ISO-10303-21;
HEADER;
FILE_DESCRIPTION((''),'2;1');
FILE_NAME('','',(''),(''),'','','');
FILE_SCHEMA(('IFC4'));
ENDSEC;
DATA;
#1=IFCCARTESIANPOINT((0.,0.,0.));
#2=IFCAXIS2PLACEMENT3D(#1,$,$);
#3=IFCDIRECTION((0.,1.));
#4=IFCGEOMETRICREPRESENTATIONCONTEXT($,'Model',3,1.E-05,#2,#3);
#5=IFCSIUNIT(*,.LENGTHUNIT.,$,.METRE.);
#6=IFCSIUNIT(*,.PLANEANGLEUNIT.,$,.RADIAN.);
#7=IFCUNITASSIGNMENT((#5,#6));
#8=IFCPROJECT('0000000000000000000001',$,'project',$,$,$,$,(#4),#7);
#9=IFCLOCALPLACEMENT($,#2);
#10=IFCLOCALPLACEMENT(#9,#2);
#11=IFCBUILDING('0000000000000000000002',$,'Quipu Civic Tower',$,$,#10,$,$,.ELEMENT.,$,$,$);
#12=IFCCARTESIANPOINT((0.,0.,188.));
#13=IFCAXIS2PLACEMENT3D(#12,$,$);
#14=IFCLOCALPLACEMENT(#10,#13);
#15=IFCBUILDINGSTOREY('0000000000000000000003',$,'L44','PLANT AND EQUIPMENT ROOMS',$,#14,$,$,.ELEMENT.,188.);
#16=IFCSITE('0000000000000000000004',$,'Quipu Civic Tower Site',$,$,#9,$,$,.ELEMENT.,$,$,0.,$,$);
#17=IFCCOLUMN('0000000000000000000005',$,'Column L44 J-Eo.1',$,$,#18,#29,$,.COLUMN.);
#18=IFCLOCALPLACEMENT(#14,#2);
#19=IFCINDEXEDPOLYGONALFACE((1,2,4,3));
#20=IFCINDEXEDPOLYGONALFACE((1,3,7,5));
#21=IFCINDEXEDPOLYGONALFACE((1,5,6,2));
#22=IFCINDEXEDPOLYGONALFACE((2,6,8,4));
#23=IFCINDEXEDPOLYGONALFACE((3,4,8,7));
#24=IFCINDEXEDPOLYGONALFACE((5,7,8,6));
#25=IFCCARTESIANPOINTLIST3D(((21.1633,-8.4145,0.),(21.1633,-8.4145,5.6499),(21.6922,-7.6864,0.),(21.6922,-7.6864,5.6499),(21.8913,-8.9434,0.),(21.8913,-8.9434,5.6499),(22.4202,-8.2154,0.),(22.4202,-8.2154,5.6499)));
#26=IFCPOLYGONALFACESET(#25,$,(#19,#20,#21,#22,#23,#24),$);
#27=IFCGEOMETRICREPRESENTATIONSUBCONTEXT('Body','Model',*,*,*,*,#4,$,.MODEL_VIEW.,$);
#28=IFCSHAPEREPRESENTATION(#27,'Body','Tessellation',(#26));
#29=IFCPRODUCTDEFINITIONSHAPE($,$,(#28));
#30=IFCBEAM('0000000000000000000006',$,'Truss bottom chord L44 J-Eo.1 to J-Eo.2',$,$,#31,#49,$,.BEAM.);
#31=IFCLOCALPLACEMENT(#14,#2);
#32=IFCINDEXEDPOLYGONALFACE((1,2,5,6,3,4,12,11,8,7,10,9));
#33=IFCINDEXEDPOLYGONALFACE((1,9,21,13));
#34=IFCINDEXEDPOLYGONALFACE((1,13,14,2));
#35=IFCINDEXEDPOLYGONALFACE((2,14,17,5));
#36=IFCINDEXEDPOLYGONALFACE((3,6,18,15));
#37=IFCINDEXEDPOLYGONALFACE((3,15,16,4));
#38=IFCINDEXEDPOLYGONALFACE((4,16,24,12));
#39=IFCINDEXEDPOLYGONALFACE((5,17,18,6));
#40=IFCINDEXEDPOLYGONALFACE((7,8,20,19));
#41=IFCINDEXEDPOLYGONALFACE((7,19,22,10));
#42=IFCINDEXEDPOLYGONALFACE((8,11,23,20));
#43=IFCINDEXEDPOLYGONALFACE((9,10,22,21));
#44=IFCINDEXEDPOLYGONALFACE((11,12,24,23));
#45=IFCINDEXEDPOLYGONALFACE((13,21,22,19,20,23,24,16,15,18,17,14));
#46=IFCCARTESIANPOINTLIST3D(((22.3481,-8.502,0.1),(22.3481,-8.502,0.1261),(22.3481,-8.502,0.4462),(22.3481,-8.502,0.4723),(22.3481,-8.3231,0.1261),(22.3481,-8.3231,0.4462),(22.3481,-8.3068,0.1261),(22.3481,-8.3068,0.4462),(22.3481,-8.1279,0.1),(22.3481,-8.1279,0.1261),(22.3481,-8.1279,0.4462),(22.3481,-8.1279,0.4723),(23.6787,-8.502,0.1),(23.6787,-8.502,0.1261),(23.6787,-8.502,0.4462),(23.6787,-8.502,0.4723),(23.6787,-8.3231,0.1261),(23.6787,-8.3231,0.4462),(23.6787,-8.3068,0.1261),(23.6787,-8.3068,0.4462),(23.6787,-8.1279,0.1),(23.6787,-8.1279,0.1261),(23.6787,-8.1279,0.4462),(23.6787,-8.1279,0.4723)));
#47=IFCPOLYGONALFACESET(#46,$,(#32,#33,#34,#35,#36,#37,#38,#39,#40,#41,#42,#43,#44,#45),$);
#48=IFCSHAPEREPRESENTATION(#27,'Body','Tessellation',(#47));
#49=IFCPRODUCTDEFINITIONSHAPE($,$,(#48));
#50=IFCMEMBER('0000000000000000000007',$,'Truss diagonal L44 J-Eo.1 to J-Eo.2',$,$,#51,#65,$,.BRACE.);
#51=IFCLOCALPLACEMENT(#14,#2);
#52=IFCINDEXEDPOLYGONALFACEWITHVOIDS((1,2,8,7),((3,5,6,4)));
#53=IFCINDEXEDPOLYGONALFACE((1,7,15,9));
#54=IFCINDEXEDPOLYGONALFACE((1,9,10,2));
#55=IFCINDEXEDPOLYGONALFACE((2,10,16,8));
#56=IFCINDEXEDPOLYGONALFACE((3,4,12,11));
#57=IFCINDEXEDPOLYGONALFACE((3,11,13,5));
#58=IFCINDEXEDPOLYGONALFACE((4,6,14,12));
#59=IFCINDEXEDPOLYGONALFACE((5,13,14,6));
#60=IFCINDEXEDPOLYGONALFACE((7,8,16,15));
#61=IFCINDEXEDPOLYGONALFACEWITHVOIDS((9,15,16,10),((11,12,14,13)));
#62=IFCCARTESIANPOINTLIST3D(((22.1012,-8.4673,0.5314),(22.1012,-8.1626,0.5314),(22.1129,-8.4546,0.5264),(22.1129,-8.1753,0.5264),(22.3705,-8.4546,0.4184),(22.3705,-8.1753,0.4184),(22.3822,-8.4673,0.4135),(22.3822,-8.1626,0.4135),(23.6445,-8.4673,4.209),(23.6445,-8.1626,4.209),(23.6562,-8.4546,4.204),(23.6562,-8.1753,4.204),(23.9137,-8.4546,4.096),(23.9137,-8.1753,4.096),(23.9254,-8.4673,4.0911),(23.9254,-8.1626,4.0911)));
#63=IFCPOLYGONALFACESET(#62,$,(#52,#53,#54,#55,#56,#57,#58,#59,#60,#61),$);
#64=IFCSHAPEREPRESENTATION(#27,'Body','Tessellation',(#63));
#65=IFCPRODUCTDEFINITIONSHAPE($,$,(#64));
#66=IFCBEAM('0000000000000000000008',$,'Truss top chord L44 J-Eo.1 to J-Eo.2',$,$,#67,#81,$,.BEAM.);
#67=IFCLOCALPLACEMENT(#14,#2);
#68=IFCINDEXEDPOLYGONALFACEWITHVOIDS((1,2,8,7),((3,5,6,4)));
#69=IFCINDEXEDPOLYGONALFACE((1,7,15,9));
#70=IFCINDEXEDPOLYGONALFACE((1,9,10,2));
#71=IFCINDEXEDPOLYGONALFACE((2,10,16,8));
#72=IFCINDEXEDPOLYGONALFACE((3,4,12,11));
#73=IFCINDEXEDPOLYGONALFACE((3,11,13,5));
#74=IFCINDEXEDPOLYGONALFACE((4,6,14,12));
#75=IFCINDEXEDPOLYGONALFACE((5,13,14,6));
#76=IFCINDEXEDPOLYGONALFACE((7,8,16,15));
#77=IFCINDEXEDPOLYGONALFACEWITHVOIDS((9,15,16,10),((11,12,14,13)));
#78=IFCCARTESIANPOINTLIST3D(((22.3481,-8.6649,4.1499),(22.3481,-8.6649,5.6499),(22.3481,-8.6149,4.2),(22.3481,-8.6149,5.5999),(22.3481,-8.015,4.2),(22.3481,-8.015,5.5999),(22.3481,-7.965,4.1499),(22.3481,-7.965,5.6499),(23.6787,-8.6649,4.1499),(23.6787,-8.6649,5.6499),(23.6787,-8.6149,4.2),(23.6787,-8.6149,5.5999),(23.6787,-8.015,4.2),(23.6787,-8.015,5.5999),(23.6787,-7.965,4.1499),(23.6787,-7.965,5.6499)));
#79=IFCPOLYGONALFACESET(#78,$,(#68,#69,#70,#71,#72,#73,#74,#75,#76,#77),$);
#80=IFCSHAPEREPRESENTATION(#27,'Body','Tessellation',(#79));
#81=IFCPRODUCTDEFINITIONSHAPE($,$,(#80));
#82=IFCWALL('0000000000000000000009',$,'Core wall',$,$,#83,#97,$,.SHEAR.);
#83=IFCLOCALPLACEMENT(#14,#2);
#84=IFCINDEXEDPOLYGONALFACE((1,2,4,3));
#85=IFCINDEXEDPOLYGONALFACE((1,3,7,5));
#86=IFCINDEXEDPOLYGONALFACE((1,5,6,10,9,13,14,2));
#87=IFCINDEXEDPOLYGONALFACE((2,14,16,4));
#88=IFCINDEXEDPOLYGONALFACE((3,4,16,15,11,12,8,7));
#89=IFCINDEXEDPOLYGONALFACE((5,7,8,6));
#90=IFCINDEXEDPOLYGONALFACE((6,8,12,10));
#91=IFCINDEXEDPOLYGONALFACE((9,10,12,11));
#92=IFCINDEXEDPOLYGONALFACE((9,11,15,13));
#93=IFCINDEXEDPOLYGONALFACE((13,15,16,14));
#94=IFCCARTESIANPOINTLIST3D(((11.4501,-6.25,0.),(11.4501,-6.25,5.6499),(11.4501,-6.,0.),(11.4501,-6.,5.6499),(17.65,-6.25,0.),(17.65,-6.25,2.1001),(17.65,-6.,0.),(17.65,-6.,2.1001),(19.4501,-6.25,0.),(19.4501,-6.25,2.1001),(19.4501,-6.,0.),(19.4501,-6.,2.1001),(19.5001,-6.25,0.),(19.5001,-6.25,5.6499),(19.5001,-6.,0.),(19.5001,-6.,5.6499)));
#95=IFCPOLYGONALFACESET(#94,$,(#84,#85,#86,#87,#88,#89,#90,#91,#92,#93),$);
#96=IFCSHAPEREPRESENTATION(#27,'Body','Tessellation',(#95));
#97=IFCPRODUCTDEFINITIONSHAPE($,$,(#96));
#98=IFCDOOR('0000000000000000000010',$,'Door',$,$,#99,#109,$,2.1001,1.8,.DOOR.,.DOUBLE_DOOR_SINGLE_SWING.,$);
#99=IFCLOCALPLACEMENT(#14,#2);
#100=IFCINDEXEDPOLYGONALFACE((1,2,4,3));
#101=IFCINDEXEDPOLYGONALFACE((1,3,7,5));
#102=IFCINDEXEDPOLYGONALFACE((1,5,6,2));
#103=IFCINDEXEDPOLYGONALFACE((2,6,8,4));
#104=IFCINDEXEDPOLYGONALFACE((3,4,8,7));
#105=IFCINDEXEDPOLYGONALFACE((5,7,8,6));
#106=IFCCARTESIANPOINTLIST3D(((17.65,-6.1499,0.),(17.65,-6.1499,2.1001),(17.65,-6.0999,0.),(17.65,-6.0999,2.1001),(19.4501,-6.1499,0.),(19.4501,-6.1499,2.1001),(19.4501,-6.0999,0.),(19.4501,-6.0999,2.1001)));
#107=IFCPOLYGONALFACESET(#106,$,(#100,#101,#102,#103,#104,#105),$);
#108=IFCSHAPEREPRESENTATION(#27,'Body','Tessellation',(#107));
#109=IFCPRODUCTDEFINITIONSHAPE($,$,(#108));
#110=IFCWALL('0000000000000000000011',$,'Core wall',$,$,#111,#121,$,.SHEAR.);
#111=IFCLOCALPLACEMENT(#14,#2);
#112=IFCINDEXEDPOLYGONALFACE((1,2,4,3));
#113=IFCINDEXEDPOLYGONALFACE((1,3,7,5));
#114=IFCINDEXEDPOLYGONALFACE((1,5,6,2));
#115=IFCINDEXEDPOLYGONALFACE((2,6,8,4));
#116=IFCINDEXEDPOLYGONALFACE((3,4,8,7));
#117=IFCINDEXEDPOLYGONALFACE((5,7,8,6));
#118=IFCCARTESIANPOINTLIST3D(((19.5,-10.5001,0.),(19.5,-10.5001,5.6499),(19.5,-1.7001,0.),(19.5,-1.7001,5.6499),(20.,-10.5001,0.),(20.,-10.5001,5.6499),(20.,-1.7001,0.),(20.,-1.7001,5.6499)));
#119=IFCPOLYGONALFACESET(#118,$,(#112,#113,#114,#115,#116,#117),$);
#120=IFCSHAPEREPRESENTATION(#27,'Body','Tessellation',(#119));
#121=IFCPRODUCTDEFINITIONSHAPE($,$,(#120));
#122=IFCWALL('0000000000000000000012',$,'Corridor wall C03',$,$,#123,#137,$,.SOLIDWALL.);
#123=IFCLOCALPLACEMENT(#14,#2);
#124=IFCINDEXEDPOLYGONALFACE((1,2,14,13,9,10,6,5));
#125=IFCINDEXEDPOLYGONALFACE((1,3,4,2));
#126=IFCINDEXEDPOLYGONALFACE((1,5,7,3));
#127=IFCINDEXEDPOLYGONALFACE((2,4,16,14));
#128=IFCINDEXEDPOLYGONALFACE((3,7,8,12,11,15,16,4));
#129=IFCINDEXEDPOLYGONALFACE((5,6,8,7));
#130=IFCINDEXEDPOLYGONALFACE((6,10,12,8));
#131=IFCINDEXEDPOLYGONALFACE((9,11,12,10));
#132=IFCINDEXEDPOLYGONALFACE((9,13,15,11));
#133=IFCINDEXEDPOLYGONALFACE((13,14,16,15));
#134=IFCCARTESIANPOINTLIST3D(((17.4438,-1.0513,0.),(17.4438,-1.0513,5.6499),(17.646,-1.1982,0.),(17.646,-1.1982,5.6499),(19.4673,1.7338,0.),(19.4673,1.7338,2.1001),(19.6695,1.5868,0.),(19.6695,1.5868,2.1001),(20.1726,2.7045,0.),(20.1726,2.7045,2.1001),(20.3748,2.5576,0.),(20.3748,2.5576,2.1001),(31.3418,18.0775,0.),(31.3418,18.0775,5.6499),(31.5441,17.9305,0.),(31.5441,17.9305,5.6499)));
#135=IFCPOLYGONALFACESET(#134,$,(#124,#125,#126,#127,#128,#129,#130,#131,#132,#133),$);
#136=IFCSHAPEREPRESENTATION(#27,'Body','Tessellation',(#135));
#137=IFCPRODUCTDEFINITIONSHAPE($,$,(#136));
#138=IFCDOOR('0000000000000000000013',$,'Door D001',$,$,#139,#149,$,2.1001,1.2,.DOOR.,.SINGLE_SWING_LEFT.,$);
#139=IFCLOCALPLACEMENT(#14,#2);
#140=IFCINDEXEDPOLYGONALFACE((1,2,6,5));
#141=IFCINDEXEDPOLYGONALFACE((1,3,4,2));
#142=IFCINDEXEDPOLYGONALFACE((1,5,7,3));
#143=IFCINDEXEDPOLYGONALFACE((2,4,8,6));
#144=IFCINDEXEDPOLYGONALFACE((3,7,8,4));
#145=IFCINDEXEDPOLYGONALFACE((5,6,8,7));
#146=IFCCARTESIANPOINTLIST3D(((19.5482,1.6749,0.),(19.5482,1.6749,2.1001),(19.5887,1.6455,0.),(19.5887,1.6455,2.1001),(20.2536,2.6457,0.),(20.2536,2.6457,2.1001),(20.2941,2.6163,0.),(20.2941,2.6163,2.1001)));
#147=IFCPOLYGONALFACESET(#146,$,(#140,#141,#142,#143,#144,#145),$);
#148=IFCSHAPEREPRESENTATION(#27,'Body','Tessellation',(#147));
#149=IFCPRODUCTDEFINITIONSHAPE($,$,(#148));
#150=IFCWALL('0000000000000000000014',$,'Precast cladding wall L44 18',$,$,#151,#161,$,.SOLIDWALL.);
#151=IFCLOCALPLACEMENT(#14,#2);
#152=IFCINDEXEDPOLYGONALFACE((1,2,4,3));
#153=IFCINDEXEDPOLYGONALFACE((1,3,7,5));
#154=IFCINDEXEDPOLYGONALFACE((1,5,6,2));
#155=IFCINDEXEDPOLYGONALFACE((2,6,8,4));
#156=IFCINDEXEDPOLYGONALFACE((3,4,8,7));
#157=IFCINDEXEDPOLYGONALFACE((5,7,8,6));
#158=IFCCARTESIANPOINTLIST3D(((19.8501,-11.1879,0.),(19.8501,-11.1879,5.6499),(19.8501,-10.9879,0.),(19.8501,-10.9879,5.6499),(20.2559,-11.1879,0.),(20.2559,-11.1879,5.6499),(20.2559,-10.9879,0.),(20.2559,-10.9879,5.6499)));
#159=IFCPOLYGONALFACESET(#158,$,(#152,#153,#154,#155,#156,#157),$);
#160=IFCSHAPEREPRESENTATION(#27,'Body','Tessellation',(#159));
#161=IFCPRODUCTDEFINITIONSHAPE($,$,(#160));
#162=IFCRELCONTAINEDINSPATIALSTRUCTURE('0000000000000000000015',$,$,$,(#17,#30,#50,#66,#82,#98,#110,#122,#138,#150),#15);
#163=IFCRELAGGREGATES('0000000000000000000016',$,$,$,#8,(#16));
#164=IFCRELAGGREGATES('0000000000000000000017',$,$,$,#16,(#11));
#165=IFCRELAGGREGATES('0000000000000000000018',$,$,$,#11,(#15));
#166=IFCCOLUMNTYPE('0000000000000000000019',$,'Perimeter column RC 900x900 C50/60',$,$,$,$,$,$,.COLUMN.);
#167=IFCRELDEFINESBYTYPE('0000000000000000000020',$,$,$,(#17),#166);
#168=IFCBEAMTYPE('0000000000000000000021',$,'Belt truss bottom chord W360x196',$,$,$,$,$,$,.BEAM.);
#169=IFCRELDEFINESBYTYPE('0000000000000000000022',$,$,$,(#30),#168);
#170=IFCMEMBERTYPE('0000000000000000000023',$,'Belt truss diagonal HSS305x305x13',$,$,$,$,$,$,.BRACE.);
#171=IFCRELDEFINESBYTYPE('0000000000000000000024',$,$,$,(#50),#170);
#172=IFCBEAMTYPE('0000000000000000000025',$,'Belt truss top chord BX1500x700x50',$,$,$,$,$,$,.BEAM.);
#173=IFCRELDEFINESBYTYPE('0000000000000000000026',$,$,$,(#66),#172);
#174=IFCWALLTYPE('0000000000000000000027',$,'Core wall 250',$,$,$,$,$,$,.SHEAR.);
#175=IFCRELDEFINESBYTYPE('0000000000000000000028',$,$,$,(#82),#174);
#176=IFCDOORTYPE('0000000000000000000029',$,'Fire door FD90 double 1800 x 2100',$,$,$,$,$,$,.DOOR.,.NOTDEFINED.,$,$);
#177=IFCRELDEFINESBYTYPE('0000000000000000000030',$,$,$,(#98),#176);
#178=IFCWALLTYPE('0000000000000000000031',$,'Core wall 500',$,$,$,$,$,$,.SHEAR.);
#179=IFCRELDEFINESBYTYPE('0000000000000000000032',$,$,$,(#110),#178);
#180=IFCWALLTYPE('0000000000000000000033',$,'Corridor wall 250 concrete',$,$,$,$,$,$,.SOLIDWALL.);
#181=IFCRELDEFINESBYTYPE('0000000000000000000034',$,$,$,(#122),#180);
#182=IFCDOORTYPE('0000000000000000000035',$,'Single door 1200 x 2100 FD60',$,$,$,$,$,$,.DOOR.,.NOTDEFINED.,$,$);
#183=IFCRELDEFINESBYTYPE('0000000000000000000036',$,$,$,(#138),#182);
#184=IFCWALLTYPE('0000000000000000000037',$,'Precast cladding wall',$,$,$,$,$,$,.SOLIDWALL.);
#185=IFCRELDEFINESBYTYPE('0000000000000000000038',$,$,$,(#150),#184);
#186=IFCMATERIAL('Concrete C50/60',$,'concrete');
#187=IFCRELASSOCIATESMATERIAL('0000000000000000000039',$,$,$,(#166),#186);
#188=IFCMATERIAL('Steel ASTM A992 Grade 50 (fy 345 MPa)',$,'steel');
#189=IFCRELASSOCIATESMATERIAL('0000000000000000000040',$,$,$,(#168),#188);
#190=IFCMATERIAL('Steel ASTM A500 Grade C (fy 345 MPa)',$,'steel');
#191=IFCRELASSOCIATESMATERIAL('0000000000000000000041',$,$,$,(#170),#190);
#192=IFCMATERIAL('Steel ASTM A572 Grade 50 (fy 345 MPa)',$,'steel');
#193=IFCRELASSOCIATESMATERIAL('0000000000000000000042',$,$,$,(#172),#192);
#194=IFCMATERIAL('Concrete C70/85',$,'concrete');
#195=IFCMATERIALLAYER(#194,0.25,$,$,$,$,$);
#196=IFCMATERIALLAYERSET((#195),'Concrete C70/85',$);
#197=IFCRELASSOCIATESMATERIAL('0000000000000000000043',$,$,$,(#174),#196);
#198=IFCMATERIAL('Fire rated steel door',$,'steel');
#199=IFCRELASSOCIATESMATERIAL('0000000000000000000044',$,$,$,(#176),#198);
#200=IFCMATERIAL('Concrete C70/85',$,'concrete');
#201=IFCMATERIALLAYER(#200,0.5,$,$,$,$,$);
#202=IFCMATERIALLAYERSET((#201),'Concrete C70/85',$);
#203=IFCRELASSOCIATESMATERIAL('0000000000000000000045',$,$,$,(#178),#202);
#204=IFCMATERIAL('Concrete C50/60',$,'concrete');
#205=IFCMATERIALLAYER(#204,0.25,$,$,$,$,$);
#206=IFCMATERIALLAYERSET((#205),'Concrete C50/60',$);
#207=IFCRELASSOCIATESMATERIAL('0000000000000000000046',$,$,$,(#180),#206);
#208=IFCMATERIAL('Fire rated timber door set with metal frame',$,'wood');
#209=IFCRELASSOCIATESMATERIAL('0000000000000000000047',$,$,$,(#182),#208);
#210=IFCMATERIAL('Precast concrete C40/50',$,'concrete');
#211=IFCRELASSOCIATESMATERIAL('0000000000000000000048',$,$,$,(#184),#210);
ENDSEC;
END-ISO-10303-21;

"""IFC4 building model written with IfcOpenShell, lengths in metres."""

from ifc_helpers import new_model, si_unit, direction, frame, frame_2d, origin, origin_2d, place, context, subcontext, project, spatial, rectangle, hollow_rectangle, i_section, extrude, material, layer, layer_set, material_profile, profile_set, type_object, element, fill, save


model = new_model("IFC4")

# Units and contexts
model_context = context("Model", 3, precision=1e-05, world=origin(), true_north=direction((0.0, 1.0)))
body_context = subcontext(model_context, "Body", "Model", "MODEL_VIEW")
ifc_project = project(units=[si_unit("LENGTHUNIT", "METRE"), si_unit("PLANEANGLEUNIT", "RADIAN")], contexts=[model_context])

# Site, building, storey
site_placement = place(None, origin())
site = spatial("IfcSite", under=ifc_project, at=site_placement, Name="Quipu Civic Tower Site", CompositionType="ELEMENT", RefElevation=0.0)
building_placement = place(site_placement, origin())
building = spatial("IfcBuilding", under=site, at=building_placement, Name="Quipu Civic Tower", CompositionType="ELEMENT")
storey_placement = place(building_placement, frame((0.0, 0.0, 188.0)))
storey = spatial("IfcBuildingStorey", under=building, at=storey_placement, Name="L44", Description="PLANT AND EQUIPMENT ROOMS", CompositionType="ELEMENT", Elevation=188.0)

# Column
ifc_material_1 = material(Name="Concrete C50/60", Category="concrete")
ifc_material_profile_1 = material_profile(ifc_material_1, rectangle(XDim=0.8999, YDim=0.8999, at=origin_2d()), Name="RC900x900")
ifc_profile_set_1 = profile_set([ifc_material_profile_1], Name="Concrete C50/60")
column_type = type_object("IfcColumnType", Name="Perimeter column RC 900x900 C50/60", PredefinedType="COLUMN", material=ifc_profile_set_1)
column_placement = place(storey_placement, frame((21.7917, -8.3149, 0.0), z_axis=(0.0, 0.0, 1.0), x_axis=(0.587785, 0.809017, 0.0)))
element("IfcColumn", 1, at=column_placement, inside=storey, type_object=column_type, Name="Column L44 J-Eo.1", PredefinedType="COLUMN", context=body_context, shape_type="SweptSolid", body=[
    extrude(rectangle(XDim=0.8999, YDim=0.8999, at=origin_2d()), origin(), (0.0, 0.0, 1.0), 5.6499),
])

# Beam
ifc_material_2 = material(Name="Steel ASTM A992 Grade 50 (fy 345 MPa)", Category="steel")
ifc_material_profile_2 = material_profile(ifc_material_2, i_section(OverallWidth=0.374, OverallDepth=0.3723, WebThickness=0.0164, FlangeThickness=0.0261, at=origin_2d()), Name="W360x196")
ifc_profile_set_2 = profile_set([ifc_material_profile_2], Name="Steel ASTM A992 Grade 50 (fy 345 MPa)")
beam_type_1 = type_object("IfcBeamType", Name="Belt truss bottom chord W360x196", PredefinedType="BEAM", material=ifc_profile_set_2)
beam_1_placement = place(storey_placement, frame((22.3481, -8.3149, 0.2861), z_axis=(1.0, 0.0, 0.0), x_axis=(0.0, 1.0, 0.0)))
element("IfcBeam", 2, at=beam_1_placement, inside=storey, type_object=beam_type_1, Name="Truss bottom chord L44 J-Eo.1 to J-Eo.2", PredefinedType="BEAM", context=body_context, shape_type="SweptSolid", body=[
    extrude(i_section(OverallWidth=0.374, OverallDepth=0.3723, WebThickness=0.0164, FlangeThickness=0.0261, at=origin_2d()), origin(), (0.0, 0.0, 1.0), 1.3306),
])

# Member
ifc_material_3 = material(Name="Steel ASTM A500 Grade C (fy 345 MPa)", Category="steel")
ifc_material_profile_3 = material_profile(ifc_material_3, hollow_rectangle(XDim=0.3047, YDim=0.3047, WallThickness=0.0127, at=origin_2d()), Name="HSS305x305x13")
ifc_profile_set_3 = profile_set([ifc_material_profile_3], Name="Steel ASTM A500 Grade C (fy 345 MPa)")
member_type = type_object("IfcMemberType", Name="Belt truss diagonal HSS305x305x13", PredefinedType="BRACE", material=ifc_profile_set_3)
member_placement = place(storey_placement, frame((22.2417, -8.3149, 0.4724), z_axis=(0.386948, 0.0, 0.922101), x_axis=(0.0, 1.0, 0.0)))
element("IfcMember", 3, at=member_placement, inside=storey, type_object=member_type, Name="Truss diagonal L44 J-Eo.1 to J-Eo.2", PredefinedType="BRACE", context=body_context, shape_type="SweptSolid", body=[
    extrude(hollow_rectangle(XDim=0.3047, YDim=0.3047, WallThickness=0.0127, at=origin_2d()), origin(), (0.0, 0.0, 1.0), 3.9883),
])

# Beam
ifc_material_4 = material(Name="Steel ASTM A572 Grade 50 (fy 345 MPa)", Category="steel")
ifc_material_profile_4 = material_profile(ifc_material_4, hollow_rectangle(XDim=0.7, YDim=1.5, WallThickness=0.05, at=origin_2d()), Name="BX1500x700x50")
ifc_profile_set_4 = profile_set([ifc_material_profile_4], Name="Steel ASTM A572 Grade 50 (fy 345 MPa)")
beam_type_2 = type_object("IfcBeamType", Name="Belt truss top chord BX1500x700x50", PredefinedType="BEAM", material=ifc_profile_set_4)
beam_2_placement = place(storey_placement, frame((22.3481, -8.3149, 4.8999), z_axis=(1.0, 0.0, 0.0), x_axis=(0.0, 1.0, 0.0)))
element("IfcBeam", 4, at=beam_2_placement, inside=storey, type_object=beam_type_2, Name="Truss top chord L44 J-Eo.1 to J-Eo.2", PredefinedType="BEAM", context=body_context, shape_type="SweptSolid", body=[
    extrude(hollow_rectangle(XDim=0.7, YDim=1.5, WallThickness=0.05, at=origin_2d()), origin(), (0.0, 0.0, 1.0), 1.3306),
])

# Wall, opening, door
ifc_material_5 = material(Name="Concrete C70/85", Category="concrete")
ifc_layer_1 = layer(ifc_material_5, 0.25)
ifc_layer_set_1 = layer_set([ifc_layer_1], Name="Concrete C70/85")
wall_type_1 = type_object("IfcWallType", Name="Core wall 250", PredefinedType="SHEAR", material=ifc_layer_set_1)
wall_1_placement = place(storey_placement, frame((19.5, -6.125, 0.0), z_axis=(0.0, 0.0, 1.0), x_axis=(-1.0, 0.0, 0.0)))
wall_1 = element("IfcWall", 5, at=wall_1_placement, inside=storey, type_object=wall_type_1, Name="Core wall", PredefinedType="SHEAR", context=body_context, shape_type="SweptSolid", body=[
    extrude(rectangle(XDim=8.05, YDim=0.25, at=frame_2d((4.0249, 0.0))), origin(), (0.0, 0.0, 1.0), 5.6499),
])
opening_1_placement = place(wall_1_placement, frame((0.05, 0.0, 0.0)))
opening_1 = element("IfcOpeningElement", 6, at=opening_1_placement, cuts=wall_1, PredefinedType="OPENING", context=body_context, shape_type="SweptSolid", body=[
    extrude(rectangle(XDim=1.8, YDim=2.1001, at=frame_2d((0.8999, 1.05))), frame((0.0, 0.135, 0.0), z_axis=(0.0, -1.0, 0.0), x_axis=(1.0, 0.0, 0.0)), (0.0, 0.0, 1.0), 0.27),
])
ifc_material_6 = material(Name="Fire rated steel door", Category="steel")
door_type_1 = type_object("IfcDoorType", Name="Fire door FD90 double 1800 x 2100", OperationType="NOTDEFINED", PredefinedType="DOOR", material=ifc_material_6)
door_1_placement = place(opening_1_placement, origin())
door_1 = element("IfcDoor", 7, at=door_1_placement, inside=storey, type_object=door_type_1, Name="Door", OperationType="DOUBLE_DOOR_SINGLE_SWING", OverallHeight=2.1001, OverallWidth=1.8, PredefinedType="DOOR", context=body_context, shape_type="SweptSolid", body=[
    extrude(rectangle(XDim=1.8, YDim=2.1001, at=frame_2d((0.8999, 1.05))), frame((0.0, 0.0249, 0.0), z_axis=(0.0, -1.0, 0.0), x_axis=(1.0, 0.0, 0.0)), (0.0, 0.0, 1.0), 0.05),
])
fill(opening_1, door_1)

# Wall
ifc_material_7 = material(Name="Concrete C70/85", Category="concrete")
ifc_layer_2 = layer(ifc_material_7, 0.5)
ifc_layer_set_2 = layer_set([ifc_layer_2], Name="Concrete C70/85")
wall_type_2 = type_object("IfcWallType", Name="Core wall 500", PredefinedType="SHEAR", material=ifc_layer_set_2)
wall_2_placement = place(storey_placement, frame((19.75, -10.5, 0.0), z_axis=(0.0, 0.0, 1.0), x_axis=(0.0, 1.0, 0.0)))
element("IfcWall", 8, at=wall_2_placement, inside=storey, type_object=wall_type_2, Name="Core wall", PredefinedType="SHEAR", context=body_context, shape_type="SweptSolid", body=[
    extrude(rectangle(XDim=8.8, YDim=0.5, at=frame_2d((4.3999, 0.0))), origin(), (0.0, 0.0, 1.0), 5.6499),
])

# Wall, opening, door
ifc_material_8 = material(Name="Concrete C50/60", Category="concrete")
ifc_layer_3 = layer(ifc_material_8, 0.25)
ifc_layer_set_3 = layer_set([ifc_layer_3], Name="Concrete C50/60")
wall_type_3 = type_object("IfcWallType", Name="Corridor wall 250 concrete", PredefinedType="SOLIDWALL", material=ifc_layer_set_3)
wall_3_placement = place(storey_placement, frame((17.5449, -1.1248, 0.0), z_axis=(0.0, 0.0, 1.0), x_axis=(0.58779, 0.809014, 0.0)))
wall_3 = element("IfcWall", 9, at=wall_3_placement, inside=storey, type_object=wall_type_3, Name="Corridor wall C03", PredefinedType="SOLIDWALL", context=body_context, shape_type="SweptSolid", body=[
    extrude(rectangle(XDim=23.6445, YDim=0.25, at=frame_2d((11.8223, 0.0))), origin(), (0.0, 0.0, 1.0), 5.6499),
])
opening_2_placement = place(wall_3_placement, frame((3.4424, 0.0, 0.0)))
opening_2 = element("IfcOpeningElement", 10, at=opening_2_placement, cuts=wall_3, PredefinedType="OPENING", context=body_context, shape_type="SweptSolid", body=[
    extrude(rectangle(XDim=1.2, YDim=2.1001, at=frame_2d((0.6001, 1.05))), frame((0.0, 0.135, 0.0), z_axis=(0.0, -1.0, 0.0), x_axis=(1.0, 0.0, 0.0)), (0.0, 0.0, 1.0), 0.27),
])
ifc_material_9 = material(Name="Fire rated timber door set with metal frame", Category="wood")
door_type_2 = type_object("IfcDoorType", Name="Single door 1200 x 2100 FD60", OperationType="NOTDEFINED", PredefinedType="DOOR", material=ifc_material_9)
door_2_placement = place(opening_2_placement, origin())
door_2 = element("IfcDoor", 11, at=door_2_placement, inside=storey, type_object=door_type_2, Name="Door D001", OperationType="SINGLE_SWING_LEFT", OverallHeight=2.1001, OverallWidth=1.2, PredefinedType="DOOR", context=body_context, shape_type="SweptSolid", body=[
    extrude(rectangle(XDim=1.2, YDim=2.1001, at=frame_2d((0.6001, 1.05))), frame((0.0, 0.0249, 0.0), z_axis=(0.0, -1.0, 0.0), x_axis=(1.0, 0.0, 0.0)), (0.0, 0.0, 1.0), 0.05),
])
fill(opening_2, door_2)

# Wall
ifc_material_10 = material(Name="Precast concrete C40/50", Category="concrete")
wall_type_4 = type_object("IfcWallType", Name="Precast cladding wall", PredefinedType="SOLIDWALL", material=ifc_material_10)
wall_4_placement = place(storey_placement, frame((19.8501, -11.0879, 0.0), z_axis=(0.0, 0.0, 1.0), x_axis=(1.0, 0.0, 0.0)))
element("IfcWall", 12, at=wall_4_placement, inside=storey, type_object=wall_type_4, Name="Precast cladding wall L44 18", PredefinedType="SOLIDWALL", context=body_context, shape_type="SweptSolid", body=[
    extrude(rectangle(XDim=0.4058, YDim=0.2, at=frame_2d((0.2029, 0.0))), origin(), (0.0, 0.0, 1.0), 5.6499),
])

save(model, "model.ifc")
